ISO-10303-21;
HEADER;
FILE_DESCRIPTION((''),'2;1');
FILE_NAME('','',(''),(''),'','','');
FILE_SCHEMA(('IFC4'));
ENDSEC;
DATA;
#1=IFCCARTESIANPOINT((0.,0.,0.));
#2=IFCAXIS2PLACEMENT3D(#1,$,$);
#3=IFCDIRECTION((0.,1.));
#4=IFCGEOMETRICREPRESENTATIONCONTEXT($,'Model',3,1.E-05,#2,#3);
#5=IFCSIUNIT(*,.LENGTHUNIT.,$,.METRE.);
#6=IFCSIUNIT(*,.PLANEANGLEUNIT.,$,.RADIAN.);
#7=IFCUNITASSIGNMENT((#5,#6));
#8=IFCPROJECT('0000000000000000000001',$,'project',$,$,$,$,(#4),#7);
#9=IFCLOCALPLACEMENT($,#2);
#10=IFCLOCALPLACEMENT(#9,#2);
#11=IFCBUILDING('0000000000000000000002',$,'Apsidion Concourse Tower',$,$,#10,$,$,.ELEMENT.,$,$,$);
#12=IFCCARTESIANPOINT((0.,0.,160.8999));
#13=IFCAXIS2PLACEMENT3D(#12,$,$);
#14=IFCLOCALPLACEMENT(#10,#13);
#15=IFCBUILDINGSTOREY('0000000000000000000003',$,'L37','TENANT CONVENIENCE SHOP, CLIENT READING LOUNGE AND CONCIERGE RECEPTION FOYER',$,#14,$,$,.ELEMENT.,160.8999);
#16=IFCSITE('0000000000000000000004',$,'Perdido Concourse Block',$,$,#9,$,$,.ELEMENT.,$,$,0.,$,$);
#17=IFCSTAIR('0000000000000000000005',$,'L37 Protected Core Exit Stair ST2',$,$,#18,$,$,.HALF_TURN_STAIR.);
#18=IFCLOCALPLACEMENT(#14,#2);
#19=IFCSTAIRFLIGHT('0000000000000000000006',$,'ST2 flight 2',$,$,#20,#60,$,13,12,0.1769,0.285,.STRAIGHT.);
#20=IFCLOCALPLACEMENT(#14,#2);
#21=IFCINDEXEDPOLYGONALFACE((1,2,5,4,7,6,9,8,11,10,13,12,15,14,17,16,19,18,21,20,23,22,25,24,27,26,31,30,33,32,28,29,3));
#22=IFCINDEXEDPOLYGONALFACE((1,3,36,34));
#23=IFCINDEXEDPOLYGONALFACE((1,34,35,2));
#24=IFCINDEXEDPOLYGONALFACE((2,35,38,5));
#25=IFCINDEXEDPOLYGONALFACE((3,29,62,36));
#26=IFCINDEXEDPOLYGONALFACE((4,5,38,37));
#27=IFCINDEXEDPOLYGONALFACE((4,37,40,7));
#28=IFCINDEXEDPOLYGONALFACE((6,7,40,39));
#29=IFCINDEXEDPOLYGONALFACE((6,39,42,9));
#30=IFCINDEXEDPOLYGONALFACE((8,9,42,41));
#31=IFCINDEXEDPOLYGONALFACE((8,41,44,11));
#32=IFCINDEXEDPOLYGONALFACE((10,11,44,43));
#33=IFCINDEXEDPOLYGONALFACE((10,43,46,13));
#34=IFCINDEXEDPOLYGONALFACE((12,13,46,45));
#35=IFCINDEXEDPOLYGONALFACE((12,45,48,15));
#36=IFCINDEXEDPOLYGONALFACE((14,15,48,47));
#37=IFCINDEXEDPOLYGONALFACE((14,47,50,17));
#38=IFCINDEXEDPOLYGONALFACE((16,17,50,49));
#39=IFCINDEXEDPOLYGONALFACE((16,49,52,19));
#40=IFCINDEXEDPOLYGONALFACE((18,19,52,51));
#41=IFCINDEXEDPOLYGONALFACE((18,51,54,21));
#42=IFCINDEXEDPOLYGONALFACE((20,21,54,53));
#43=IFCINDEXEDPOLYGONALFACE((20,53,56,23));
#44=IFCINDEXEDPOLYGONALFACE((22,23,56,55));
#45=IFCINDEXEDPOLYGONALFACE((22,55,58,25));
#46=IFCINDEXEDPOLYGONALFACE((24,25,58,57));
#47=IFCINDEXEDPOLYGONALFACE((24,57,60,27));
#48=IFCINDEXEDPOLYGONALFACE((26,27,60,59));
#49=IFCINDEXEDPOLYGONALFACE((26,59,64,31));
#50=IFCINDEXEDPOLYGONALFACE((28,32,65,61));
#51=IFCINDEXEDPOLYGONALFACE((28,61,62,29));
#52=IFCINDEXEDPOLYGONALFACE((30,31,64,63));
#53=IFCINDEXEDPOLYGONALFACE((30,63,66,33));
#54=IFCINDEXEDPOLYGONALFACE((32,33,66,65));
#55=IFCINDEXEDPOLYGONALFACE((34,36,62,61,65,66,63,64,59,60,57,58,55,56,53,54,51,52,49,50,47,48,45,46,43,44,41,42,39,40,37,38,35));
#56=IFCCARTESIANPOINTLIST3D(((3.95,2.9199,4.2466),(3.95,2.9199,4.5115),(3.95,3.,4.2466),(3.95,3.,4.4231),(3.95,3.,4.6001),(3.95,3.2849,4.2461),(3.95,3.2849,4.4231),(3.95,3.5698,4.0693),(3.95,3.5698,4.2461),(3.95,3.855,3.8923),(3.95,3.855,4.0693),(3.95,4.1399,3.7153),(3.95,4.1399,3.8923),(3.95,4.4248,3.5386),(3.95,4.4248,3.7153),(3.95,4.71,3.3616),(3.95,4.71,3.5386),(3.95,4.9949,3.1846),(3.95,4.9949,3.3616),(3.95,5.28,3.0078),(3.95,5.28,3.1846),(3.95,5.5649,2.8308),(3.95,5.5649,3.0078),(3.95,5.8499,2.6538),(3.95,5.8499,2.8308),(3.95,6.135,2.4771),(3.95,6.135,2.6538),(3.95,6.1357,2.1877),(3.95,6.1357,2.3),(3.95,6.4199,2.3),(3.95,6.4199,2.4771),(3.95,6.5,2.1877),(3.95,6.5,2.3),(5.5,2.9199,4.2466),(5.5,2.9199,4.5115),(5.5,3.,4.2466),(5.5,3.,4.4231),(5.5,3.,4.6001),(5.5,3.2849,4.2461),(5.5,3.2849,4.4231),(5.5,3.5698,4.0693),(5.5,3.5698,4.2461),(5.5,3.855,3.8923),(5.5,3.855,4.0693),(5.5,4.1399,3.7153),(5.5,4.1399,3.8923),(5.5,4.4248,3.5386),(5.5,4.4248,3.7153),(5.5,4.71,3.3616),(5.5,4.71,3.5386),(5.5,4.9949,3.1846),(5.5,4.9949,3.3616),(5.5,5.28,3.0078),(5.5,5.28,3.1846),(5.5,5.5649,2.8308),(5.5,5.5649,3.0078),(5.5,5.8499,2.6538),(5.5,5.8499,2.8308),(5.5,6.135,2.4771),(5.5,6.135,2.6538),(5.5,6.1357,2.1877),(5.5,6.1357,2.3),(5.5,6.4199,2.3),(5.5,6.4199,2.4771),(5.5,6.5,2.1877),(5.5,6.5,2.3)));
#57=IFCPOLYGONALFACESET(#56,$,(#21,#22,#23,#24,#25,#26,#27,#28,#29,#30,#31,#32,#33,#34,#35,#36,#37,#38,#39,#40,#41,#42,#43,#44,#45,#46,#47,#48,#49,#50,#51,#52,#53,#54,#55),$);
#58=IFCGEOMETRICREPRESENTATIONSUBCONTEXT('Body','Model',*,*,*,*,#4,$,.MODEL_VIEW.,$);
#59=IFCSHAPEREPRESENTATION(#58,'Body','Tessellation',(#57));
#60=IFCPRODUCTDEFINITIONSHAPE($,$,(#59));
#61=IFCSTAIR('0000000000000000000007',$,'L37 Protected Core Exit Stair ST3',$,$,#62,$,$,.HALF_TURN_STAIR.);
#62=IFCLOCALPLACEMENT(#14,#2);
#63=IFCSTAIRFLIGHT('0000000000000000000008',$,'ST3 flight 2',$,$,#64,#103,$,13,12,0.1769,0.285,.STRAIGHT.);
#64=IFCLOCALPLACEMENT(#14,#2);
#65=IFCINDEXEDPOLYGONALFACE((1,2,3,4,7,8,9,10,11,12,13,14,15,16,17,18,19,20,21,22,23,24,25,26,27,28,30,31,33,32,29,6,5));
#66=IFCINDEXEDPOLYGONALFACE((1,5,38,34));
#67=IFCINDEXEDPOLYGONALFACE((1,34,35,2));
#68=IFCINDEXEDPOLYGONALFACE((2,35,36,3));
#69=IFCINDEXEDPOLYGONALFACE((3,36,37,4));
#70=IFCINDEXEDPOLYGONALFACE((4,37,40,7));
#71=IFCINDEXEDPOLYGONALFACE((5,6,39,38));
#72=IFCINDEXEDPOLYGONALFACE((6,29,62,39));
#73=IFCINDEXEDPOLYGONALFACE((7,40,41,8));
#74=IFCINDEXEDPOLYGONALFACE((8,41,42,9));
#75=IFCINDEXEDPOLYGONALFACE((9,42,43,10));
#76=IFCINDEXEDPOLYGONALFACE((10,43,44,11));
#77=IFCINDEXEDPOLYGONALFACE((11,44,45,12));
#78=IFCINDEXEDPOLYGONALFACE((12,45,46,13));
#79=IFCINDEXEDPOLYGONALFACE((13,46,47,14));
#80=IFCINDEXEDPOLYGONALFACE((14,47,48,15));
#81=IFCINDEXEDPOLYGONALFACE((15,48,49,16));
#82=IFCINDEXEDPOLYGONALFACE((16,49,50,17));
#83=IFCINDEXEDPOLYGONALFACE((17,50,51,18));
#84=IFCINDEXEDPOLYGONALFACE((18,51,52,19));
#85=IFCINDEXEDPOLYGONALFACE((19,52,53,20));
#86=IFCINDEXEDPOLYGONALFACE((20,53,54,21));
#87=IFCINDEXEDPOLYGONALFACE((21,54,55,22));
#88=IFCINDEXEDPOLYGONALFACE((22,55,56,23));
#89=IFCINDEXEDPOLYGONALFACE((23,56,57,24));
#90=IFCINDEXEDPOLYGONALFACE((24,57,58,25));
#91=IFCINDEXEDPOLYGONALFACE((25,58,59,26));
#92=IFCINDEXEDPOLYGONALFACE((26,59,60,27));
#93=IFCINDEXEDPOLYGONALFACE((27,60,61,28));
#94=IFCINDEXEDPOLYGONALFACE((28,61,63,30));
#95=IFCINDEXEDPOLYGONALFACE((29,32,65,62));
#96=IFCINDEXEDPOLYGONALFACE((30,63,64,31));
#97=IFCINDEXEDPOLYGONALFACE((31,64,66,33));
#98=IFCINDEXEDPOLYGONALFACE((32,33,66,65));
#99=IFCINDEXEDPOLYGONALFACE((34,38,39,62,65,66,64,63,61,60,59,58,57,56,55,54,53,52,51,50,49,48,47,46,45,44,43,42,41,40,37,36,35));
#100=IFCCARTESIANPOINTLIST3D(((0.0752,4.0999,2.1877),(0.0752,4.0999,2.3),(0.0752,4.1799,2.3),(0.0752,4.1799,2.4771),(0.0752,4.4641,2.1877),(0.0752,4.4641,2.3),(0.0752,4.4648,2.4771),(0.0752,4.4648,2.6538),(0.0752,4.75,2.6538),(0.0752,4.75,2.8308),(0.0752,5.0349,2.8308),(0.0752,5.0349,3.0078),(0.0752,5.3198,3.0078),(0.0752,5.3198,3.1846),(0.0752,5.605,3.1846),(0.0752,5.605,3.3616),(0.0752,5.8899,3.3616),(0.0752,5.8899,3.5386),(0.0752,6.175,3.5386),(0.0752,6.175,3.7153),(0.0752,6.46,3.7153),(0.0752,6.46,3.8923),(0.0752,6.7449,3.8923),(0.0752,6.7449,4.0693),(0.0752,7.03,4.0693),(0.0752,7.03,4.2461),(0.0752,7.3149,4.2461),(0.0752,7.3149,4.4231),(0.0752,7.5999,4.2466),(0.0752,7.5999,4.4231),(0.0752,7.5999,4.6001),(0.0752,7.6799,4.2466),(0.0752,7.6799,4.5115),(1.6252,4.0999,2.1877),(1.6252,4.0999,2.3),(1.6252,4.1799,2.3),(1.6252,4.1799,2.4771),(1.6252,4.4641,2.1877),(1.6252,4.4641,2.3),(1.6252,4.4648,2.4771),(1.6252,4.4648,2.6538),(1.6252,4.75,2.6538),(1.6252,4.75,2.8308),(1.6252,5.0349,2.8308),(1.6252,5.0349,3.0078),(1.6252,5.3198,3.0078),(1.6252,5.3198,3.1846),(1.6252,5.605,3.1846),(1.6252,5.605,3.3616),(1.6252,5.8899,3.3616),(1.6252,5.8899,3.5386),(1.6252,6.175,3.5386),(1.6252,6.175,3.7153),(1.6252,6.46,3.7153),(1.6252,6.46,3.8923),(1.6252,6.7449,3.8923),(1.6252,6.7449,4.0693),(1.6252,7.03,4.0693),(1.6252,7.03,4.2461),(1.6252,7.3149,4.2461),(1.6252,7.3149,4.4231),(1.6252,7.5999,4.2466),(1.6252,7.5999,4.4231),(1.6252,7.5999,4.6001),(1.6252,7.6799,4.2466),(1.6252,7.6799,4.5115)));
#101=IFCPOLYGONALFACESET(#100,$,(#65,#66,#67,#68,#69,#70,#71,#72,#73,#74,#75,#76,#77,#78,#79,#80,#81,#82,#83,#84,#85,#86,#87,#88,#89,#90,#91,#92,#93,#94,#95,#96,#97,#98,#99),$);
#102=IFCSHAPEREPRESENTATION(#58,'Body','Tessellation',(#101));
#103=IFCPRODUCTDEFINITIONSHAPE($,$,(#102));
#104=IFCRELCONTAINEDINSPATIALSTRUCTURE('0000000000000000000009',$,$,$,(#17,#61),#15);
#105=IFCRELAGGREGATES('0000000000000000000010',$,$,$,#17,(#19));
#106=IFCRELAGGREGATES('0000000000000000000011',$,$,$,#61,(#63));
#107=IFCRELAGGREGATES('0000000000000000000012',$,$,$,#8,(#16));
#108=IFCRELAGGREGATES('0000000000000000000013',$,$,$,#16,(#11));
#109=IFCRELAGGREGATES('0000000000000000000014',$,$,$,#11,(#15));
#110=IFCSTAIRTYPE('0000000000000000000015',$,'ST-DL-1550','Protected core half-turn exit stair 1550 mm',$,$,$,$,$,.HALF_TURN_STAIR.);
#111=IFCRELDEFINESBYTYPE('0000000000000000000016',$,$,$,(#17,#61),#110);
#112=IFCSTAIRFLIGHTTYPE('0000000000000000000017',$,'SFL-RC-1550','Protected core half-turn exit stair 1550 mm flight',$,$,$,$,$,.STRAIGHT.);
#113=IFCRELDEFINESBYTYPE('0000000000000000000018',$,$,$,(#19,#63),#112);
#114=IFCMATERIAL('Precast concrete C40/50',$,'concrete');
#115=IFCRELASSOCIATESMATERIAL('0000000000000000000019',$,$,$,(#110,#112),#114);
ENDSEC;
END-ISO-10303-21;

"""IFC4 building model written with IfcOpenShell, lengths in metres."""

from ifc_helpers import new_model, si_unit, direction, frame, origin, place, context, subcontext, project, spatial, polyline, outline, extrude, material, type_object, element, aggregate, save


model = new_model("IFC4")

# Units and contexts
model_context = context("Model", 3, precision=1e-05, world=origin(), true_north=direction((0.0, 1.0)))
body_context = subcontext(model_context, "Body", "Model", "MODEL_VIEW")
ifc_project = project(units=[si_unit("LENGTHUNIT", "METRE"), si_unit("PLANEANGLEUNIT", "RADIAN")], contexts=[model_context])

# Site, building, storey
site_placement = place(None, origin())
site = spatial("IfcSite", under=ifc_project, at=site_placement, Name="Perdido Concourse Block", CompositionType="ELEMENT", RefElevation=0.0)
building_placement = place(site_placement, origin())
building = spatial("IfcBuilding", under=site, at=building_placement, Name="Apsidion Concourse Tower", CompositionType="ELEMENT")
storey_placement = place(building_placement, frame((0.0, 0.0, 160.8999)))
storey = spatial("IfcBuildingStorey", under=building, at=storey_placement, Name="L37", Description="TENANT CONVENIENCE SHOP, CLIENT READING LOUNGE AND CONCIERGE RECEPTION FOYER", CompositionType="ELEMENT", Elevation=160.8999)

# Stair, stair flight
ifc_material_1 = material(Name="Precast concrete C40/50", Category="concrete")
stair_type = type_object("IfcStairType", Name="ST-DL-1550", Description="Protected core half-turn exit stair 1550 mm", PredefinedType="HALF_TURN_STAIR", material=ifc_material_1)
stair_1_placement = place(storey_placement, origin())
stair_1 = element("IfcStair", 1, at=stair_1_placement, inside=storey, type_object=stair_type, Name="L37 Protected Core Exit Stair ST2", PredefinedType="HALF_TURN_STAIR")
stair_flight_type = type_object("IfcStairFlightType", Name="SFL-RC-1550", Description="Protected core half-turn exit stair 1550 mm flight", PredefinedType="STRAIGHT", material=ifc_material_1)
stair_flight_1_placement = place(storey_placement, frame((4.7251, 6.4199, 2.3), z_axis=(0.0, 0.0, 1.0), x_axis=(0.0, -1.0, 0.0)))
stair_flight_1 = element("IfcStairFlight", 2, at=stair_flight_1_placement, type_object=stair_flight_type, Name="ST2 flight 2", NumberOfRisers=13, NumberOfTreads=12, PredefinedType="STRAIGHT", RiserHeight=0.1769, TreadLength=0.285, context=body_context, shape_type="SweptSolid", body=[
    extrude(outline(polyline([(-0.0801, -0.1123), (-0.0801, 0.0), (0.0, 0.0), (0.0, 0.177), (0.2849, 0.177), (0.2849, 0.3538), (0.5701, 0.3538), (0.5701, 0.5308), (0.855, 0.5308), (0.855, 0.7078), (1.1399, 0.7078), (1.1399, 0.8845), (1.425, 0.8845), (1.425, 1.0615), (1.71, 1.0615), (1.71, 1.2385), (1.9951, 1.2385), (1.9951, 1.4153), (2.28, 1.4153), (2.28, 1.5923), (2.5649, 1.5923), (2.5649, 1.7693), (2.8501, 1.7693), (2.8501, 1.946), (3.135, 1.946), (3.135, 2.123), (3.4199, 2.123), (3.4199, 2.3), (3.5, 2.2114), (3.5, 1.9465), (3.4199, 1.9465), (0.2842, 0.0), (0.2842, -0.1123), (-0.0801, -0.1123)])), frame((0.0, 0.7749, 0.0), z_axis=(0.0, -1.0, 0.0), x_axis=(1.0, 0.0, 0.0)), (0.0, 0.0, 1.0), 1.55),
])
aggregate(stair_1, [stair_flight_1])

# Stair, stair flight
stair_2_placement = place(storey_placement, origin())
stair_2 = element("IfcStair", 3, at=stair_2_placement, inside=storey, type_object=stair_type, Name="L37 Protected Core Exit Stair ST3", PredefinedType="HALF_TURN_STAIR")
stair_flight_2_placement = place(storey_placement, frame((0.8501, 4.1799, 2.3), z_axis=(0.0, 0.0, 1.0), x_axis=(0.0, 1.0, 0.0)))
stair_flight_2 = element("IfcStairFlight", 4, at=stair_flight_2_placement, type_object=stair_flight_type, Name="ST3 flight 2", NumberOfRisers=13, NumberOfTreads=12, PredefinedType="STRAIGHT", RiserHeight=0.1769, TreadLength=0.285, context=body_context, shape_type="SweptSolid", body=[
    extrude(outline(polyline([(-0.0801, -0.1123), (-0.0801, 0.0), (0.0, 0.0), (0.0, 0.177), (0.2849, 0.177), (0.2849, 0.3538), (0.5701, 0.3538), (0.5701, 0.5308), (0.855, 0.5308), (0.855, 0.7078), (1.1399, 0.7078), (1.1399, 0.8845), (1.425, 0.8845), (1.425, 1.0615), (1.71, 1.0615), (1.71, 1.2385), (1.9951, 1.2385), (1.9951, 1.4153), (2.28, 1.4153), (2.28, 1.5923), (2.5649, 1.5923), (2.5649, 1.7693), (2.8501, 1.7693), (2.8501, 1.946), (3.135, 1.946), (3.135, 2.123), (3.4199, 2.123), (3.4199, 2.3), (3.5, 2.2114), (3.5, 1.9465), (3.4199, 1.9465), (0.2842, 0.0), (0.2842, -0.1123), (-0.0801, -0.1123)])), frame((0.0, 0.7749, 0.0), z_axis=(0.0, -1.0, 0.0), x_axis=(1.0, 0.0, 0.0)), (0.0, 0.0, 1.0), 1.55),
])
aggregate(stair_2, [stair_flight_2])

save(model, "model.ifc")
